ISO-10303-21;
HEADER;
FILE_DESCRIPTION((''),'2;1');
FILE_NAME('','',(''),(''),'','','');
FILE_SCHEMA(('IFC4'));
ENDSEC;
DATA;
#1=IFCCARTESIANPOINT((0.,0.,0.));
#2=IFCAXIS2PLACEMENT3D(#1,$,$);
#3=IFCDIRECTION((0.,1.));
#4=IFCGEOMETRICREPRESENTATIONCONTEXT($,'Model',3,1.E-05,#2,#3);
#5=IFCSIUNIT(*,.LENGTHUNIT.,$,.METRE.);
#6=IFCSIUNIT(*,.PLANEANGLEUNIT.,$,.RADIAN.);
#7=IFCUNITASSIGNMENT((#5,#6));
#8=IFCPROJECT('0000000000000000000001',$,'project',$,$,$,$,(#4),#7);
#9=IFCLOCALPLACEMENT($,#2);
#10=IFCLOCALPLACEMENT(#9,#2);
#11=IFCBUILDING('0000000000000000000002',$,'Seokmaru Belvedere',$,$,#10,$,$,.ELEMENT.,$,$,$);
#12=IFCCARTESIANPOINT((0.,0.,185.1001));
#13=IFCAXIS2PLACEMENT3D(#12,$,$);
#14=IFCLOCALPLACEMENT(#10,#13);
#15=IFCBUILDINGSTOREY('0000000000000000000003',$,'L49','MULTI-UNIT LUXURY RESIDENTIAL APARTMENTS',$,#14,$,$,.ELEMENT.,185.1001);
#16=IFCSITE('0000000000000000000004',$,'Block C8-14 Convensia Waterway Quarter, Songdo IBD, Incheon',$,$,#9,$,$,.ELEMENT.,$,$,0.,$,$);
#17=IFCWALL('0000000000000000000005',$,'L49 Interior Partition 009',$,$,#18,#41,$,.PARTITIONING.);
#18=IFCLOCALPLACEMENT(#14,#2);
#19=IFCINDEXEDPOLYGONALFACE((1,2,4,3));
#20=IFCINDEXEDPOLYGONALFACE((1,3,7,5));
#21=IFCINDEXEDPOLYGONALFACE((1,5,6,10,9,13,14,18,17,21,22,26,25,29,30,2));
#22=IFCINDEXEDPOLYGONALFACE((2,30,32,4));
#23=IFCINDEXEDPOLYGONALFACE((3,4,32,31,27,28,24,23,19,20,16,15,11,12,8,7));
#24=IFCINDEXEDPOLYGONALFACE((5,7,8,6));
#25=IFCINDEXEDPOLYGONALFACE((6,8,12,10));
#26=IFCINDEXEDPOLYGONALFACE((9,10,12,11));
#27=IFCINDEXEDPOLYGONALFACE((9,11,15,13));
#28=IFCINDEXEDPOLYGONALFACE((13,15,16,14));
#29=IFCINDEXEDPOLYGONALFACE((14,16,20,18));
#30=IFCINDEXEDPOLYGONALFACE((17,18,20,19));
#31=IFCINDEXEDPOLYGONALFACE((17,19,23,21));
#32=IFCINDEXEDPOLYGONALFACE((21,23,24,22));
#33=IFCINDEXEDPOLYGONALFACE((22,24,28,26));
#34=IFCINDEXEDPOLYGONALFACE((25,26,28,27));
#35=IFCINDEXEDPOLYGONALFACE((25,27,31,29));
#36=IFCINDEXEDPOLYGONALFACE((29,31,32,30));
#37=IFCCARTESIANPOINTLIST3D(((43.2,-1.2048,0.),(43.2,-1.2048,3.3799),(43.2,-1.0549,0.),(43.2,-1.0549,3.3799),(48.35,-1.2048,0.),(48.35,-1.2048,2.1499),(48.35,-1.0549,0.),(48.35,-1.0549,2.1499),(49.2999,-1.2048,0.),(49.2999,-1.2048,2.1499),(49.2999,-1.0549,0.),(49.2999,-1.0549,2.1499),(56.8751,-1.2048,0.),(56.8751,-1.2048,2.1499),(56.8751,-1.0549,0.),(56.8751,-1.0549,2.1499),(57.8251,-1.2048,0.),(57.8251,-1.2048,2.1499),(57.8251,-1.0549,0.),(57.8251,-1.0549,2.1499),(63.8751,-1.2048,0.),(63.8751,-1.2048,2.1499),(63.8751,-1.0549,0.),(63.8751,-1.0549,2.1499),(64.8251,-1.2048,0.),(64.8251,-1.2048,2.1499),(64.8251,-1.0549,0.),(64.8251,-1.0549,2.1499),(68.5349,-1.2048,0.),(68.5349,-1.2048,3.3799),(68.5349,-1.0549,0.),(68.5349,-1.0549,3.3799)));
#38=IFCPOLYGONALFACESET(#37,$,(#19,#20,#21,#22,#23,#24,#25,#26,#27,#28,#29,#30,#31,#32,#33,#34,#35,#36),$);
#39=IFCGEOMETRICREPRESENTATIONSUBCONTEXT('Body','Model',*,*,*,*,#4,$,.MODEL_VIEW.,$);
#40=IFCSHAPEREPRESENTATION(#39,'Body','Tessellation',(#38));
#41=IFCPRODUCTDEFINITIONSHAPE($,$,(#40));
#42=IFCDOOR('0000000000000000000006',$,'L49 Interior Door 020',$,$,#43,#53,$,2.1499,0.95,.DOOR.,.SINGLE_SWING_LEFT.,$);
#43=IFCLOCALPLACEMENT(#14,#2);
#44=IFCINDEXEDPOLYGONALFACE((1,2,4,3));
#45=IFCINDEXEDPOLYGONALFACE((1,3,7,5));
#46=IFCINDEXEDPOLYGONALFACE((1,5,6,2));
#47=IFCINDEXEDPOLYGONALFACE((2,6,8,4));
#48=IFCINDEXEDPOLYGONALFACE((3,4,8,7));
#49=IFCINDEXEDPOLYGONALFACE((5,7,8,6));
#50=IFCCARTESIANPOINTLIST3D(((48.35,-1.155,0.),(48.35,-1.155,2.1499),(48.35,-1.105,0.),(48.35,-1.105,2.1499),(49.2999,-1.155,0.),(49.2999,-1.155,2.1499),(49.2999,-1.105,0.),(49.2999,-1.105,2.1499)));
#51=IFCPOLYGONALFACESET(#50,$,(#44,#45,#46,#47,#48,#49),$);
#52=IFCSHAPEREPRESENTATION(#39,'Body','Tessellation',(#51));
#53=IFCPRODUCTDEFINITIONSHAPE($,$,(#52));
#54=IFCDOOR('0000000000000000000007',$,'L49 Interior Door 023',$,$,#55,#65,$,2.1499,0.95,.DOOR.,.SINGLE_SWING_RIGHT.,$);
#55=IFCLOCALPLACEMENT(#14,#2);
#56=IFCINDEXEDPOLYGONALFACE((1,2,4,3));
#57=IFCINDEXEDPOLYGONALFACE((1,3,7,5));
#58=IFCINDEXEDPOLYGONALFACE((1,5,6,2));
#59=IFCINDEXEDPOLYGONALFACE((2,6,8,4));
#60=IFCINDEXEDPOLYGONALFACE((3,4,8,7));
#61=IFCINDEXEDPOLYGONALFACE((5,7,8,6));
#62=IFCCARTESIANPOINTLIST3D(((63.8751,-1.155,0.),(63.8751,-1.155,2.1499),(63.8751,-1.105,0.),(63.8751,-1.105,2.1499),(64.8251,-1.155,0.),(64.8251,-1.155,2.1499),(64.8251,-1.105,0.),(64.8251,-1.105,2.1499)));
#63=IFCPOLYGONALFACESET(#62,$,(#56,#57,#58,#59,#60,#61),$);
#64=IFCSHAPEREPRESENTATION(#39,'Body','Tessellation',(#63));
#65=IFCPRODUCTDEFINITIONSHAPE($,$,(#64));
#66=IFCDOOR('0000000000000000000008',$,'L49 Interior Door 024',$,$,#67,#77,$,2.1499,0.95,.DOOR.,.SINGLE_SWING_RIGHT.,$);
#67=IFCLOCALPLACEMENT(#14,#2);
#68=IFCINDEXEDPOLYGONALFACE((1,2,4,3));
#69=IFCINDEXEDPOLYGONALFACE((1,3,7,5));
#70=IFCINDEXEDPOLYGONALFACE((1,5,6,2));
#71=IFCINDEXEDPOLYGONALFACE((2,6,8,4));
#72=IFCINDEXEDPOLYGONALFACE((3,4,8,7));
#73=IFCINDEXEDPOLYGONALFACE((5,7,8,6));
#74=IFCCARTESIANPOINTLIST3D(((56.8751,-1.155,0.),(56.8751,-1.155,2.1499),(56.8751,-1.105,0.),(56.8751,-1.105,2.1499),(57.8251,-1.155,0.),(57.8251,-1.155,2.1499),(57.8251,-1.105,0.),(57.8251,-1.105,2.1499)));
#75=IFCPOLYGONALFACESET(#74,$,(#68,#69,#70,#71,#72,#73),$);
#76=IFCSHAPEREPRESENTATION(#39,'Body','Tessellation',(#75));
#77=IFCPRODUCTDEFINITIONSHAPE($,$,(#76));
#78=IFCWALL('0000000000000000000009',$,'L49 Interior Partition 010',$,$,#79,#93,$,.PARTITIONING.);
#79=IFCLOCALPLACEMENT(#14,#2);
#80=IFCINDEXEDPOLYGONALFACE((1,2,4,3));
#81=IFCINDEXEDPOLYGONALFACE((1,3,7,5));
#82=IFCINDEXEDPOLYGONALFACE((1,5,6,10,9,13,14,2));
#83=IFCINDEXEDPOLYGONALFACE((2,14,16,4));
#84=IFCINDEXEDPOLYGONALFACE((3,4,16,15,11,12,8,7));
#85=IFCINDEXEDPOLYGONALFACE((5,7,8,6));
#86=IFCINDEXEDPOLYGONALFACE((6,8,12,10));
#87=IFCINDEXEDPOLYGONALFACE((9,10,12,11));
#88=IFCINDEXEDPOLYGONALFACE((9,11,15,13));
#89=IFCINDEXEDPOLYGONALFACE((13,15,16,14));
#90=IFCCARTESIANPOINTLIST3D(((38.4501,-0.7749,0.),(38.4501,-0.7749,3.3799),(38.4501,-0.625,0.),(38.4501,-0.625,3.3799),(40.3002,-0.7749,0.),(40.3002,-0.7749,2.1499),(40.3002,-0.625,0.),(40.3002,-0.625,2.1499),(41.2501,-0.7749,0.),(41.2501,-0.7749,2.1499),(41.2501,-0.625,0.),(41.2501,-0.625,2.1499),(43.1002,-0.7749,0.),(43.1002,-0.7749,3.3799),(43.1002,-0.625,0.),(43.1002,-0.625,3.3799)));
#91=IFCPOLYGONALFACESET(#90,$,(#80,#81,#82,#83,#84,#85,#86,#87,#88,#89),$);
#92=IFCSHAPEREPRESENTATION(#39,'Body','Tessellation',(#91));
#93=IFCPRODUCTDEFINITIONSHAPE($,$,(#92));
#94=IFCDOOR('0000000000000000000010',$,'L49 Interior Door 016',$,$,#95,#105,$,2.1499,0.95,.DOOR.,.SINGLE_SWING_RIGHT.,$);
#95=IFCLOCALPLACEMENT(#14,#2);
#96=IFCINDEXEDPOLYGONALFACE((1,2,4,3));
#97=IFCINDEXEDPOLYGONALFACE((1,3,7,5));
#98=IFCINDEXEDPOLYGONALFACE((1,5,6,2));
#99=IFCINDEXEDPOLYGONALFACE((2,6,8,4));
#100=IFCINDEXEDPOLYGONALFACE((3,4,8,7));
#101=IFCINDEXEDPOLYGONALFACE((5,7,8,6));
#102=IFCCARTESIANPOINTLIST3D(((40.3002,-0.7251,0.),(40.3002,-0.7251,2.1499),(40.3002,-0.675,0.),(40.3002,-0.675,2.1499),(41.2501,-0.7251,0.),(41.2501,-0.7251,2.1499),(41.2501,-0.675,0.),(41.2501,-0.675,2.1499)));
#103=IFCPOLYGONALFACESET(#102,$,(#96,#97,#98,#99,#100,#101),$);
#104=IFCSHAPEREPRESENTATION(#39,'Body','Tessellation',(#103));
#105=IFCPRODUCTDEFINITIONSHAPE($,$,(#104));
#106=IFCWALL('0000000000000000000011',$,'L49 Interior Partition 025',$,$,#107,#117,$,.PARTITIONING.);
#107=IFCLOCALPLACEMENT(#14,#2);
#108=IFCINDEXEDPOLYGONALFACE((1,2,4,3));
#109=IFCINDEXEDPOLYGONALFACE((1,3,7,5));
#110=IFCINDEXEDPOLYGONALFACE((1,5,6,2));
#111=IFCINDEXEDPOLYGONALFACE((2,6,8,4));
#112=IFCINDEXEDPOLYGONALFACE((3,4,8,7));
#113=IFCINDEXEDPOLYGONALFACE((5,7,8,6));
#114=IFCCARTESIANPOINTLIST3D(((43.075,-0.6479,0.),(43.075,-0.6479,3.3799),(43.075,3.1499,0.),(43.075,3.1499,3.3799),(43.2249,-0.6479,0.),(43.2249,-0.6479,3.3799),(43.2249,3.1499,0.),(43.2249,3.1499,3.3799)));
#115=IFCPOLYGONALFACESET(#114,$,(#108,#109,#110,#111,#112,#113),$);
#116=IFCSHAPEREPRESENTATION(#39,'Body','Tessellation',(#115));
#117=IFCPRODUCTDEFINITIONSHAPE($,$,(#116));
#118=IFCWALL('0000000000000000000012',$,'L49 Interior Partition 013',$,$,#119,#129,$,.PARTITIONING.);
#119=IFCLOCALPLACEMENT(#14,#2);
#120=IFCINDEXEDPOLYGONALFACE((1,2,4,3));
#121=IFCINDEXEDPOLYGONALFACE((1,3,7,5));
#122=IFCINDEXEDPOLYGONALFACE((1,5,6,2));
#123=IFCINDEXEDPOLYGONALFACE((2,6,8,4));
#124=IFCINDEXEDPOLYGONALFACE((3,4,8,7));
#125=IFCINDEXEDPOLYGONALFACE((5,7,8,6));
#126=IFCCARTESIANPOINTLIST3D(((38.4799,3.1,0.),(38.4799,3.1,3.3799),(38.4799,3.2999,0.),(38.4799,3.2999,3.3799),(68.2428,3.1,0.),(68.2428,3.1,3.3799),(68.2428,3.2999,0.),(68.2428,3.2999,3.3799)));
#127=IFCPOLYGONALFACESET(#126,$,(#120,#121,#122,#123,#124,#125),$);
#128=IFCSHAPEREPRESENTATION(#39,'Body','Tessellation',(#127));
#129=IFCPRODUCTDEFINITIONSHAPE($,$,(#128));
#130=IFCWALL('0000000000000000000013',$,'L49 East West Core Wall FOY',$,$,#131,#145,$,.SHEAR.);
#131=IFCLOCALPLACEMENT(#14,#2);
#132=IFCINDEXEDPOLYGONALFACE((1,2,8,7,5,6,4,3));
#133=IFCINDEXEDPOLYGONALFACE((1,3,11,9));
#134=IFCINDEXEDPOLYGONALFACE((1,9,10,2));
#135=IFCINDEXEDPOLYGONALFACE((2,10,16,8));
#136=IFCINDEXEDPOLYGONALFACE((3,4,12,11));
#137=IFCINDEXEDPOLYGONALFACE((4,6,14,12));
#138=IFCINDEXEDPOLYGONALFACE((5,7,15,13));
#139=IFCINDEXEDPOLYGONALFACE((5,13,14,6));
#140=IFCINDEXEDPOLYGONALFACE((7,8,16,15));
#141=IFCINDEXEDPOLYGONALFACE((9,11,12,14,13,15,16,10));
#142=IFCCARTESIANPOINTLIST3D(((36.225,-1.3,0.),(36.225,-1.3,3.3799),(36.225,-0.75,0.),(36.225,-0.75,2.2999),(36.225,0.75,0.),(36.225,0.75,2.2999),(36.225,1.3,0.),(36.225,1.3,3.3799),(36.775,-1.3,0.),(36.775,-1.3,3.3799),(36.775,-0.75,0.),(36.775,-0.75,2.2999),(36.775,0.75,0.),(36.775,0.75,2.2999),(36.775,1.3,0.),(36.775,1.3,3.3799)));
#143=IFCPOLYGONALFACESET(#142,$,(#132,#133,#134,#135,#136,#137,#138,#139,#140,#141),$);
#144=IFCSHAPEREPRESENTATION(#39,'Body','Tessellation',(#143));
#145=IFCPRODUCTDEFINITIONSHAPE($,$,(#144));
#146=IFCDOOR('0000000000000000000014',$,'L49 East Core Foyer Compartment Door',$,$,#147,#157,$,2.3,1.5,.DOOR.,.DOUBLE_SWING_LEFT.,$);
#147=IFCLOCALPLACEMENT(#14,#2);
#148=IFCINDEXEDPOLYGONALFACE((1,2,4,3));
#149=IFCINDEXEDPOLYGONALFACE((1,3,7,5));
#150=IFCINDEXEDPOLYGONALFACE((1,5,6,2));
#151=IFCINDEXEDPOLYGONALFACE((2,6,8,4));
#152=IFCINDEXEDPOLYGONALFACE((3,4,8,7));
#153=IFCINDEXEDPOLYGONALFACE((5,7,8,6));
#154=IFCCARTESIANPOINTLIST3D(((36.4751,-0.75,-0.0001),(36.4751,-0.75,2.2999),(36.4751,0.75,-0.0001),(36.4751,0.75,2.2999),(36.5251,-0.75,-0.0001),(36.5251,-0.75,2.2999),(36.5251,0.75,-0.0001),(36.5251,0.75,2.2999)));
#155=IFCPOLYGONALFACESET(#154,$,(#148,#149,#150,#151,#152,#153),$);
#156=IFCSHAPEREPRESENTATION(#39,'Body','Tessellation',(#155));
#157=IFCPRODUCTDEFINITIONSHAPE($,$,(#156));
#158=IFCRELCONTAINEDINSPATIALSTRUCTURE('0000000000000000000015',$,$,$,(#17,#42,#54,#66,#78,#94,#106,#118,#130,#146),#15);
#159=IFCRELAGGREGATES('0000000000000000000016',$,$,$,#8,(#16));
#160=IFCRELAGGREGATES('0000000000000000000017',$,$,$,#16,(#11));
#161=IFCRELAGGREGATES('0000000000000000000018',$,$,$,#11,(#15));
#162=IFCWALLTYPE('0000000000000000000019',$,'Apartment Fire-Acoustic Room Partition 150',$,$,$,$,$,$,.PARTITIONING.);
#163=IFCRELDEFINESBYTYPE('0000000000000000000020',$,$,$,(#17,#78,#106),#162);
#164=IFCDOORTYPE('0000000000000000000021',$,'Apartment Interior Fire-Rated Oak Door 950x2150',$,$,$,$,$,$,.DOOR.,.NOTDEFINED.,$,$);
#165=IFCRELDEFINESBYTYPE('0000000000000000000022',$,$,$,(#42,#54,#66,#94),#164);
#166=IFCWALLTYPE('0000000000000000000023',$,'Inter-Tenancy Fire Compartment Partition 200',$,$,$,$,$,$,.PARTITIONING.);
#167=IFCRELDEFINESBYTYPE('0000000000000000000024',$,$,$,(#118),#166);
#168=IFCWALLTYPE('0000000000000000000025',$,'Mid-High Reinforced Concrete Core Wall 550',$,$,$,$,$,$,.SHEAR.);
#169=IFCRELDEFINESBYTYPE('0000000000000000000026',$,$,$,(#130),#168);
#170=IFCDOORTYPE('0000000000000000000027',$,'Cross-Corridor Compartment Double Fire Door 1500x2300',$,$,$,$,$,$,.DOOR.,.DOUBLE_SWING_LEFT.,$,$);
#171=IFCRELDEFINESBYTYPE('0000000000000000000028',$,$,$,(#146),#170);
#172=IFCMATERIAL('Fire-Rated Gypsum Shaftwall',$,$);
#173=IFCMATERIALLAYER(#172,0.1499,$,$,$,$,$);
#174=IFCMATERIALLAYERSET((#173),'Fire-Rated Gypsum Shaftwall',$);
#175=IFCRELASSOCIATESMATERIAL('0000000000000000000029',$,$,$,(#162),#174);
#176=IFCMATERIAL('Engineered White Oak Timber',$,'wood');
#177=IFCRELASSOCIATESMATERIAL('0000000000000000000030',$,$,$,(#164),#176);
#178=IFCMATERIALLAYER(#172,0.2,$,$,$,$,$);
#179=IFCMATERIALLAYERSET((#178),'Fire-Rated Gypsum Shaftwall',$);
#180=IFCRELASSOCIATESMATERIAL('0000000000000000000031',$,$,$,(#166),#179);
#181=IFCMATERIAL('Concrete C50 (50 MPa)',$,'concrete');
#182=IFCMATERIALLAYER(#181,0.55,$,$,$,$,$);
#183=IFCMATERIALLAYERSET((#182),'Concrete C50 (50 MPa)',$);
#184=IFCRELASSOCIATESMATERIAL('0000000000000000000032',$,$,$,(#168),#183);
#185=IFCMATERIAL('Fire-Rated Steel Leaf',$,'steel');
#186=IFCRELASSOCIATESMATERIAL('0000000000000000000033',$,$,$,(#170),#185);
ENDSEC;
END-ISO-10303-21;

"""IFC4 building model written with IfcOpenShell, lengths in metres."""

from ifc_helpers import new_model, si_unit, direction, frame, frame_2d, origin, place, context, subcontext, project, spatial, rectangle, extrude, source, transform, mapped, material, layer, layer_set, type_object, type_shapes, element, fill, save


model = new_model("IFC4")

# Units and contexts
model_context = context("Model", 3, precision=1e-05, world=origin(), true_north=direction((0.0, 1.0)))
body_context = subcontext(model_context, "Body", "Model", "MODEL_VIEW")
ifc_project = project(units=[si_unit("LENGTHUNIT", "METRE"), si_unit("PLANEANGLEUNIT", "RADIAN")], contexts=[model_context])

# Site, building, storey
site_placement = place(None, origin())
site = spatial("IfcSite", under=ifc_project, at=site_placement, Name="Block C8-14 Convensia Waterway Quarter, Songdo IBD, Incheon", CompositionType="ELEMENT", RefElevation=0.0)
building_placement = place(site_placement, origin())
building = spatial("IfcBuilding", under=site, at=building_placement, Name="Seokmaru Belvedere", CompositionType="ELEMENT")
storey_placement = place(building_placement, frame((0.0, 0.0, 185.1001)))
storey = spatial("IfcBuildingStorey", under=building, at=storey_placement, Name="L49", Description="MULTI-UNIT LUXURY RESIDENTIAL APARTMENTS", CompositionType="ELEMENT", Elevation=185.1001)

# Wall, openings, doors
ifc_material_1 = material(Name="Fire-Rated Gypsum Shaftwall")
ifc_layer_1 = layer(ifc_material_1, 0.1499)
ifc_layer_set_1 = layer_set([ifc_layer_1], Name="Fire-Rated Gypsum Shaftwall")
wall_type_1 = type_object("IfcWallType", Name="Apartment Fire-Acoustic Room Partition 150", PredefinedType="PARTITIONING", material=ifc_layer_set_1)
wall_1_placement = place(storey_placement, frame((43.2, -1.1299, 0.0), z_axis=(0.0, 0.0, 1.0), x_axis=(1.0, 0.0, 0.0)))
wall_1 = element("IfcWall", 1, at=wall_1_placement, inside=storey, type_object=wall_type_1, Name="L49 Interior Partition 009", PredefinedType="PARTITIONING", context=body_context, shape_type="SweptSolid", body=[
    extrude(rectangle(XDim=25.335, YDim=0.1499, at=frame_2d((12.6675, 0.0))), origin(), (0.0, 0.0, 1.0), 3.3799),
])
opening_1_placement = place(wall_1_placement, frame((5.1499, 0.0, 0.0)))
opening_1 = element("IfcOpeningElement", 2, at=opening_1_placement, cuts=wall_1, PredefinedType="OPENING", context=body_context, shape_type="SweptSolid", body=[
    extrude(rectangle(XDim=0.95, YDim=2.1499, at=frame_2d((0.4751, 1.075))), frame((0.0, 0.085, 0.0), z_axis=(0.0, -1.0, 0.0), x_axis=(1.0, 0.0, 0.0)), (0.0, 0.0, 1.0), 0.1699),
])
opening_2_placement = place(wall_1_placement, frame((20.675, 0.0, 0.0)))
opening_2 = element("IfcOpeningElement", 3, at=opening_2_placement, cuts=wall_1, PredefinedType="OPENING", context=body_context, shape_type="SweptSolid", body=[
    extrude(rectangle(XDim=0.95, YDim=2.1499, at=frame_2d((0.4751, 1.075))), frame((0.0, 0.085, 0.0), z_axis=(0.0, -1.0, 0.0), x_axis=(1.0, 0.0, 0.0)), (0.0, 0.0, 1.0), 0.1699),
])
opening_3_placement = place(wall_1_placement, frame((13.675, 0.0, 0.0)))
opening_3 = element("IfcOpeningElement", 4, at=opening_3_placement, cuts=wall_1, PredefinedType="OPENING", context=body_context, shape_type="SweptSolid", body=[
    extrude(rectangle(XDim=0.95, YDim=2.1499, at=frame_2d((0.4751, 1.075))), frame((0.0, 0.085, 0.0), z_axis=(0.0, -1.0, 0.0), x_axis=(1.0, 0.0, 0.0)), (0.0, 0.0, 1.0), 0.1699),
])
ifc_material_2 = material(Name="Engineered White Oak Timber", Category="wood")
door_type_1 = type_object("IfcDoorType", Name="Apartment Interior Fire-Rated Oak Door 950x2150", OperationType="NOTDEFINED", PredefinedType="DOOR", material=ifc_material_2)
shared_shape_1 = source(origin(), body_context, "Body", "SweptSolid", [
    extrude(rectangle(XDim=0.95, YDim=2.1499, at=frame_2d((0.4751, 1.075))), frame((0.0, 0.0249, 0.0), z_axis=(0.0, -1.0, 0.0), x_axis=(1.0, 0.0, 0.0)), (0.0, 0.0, 1.0), 0.05),
])
type_shapes(door_type_1, [shared_shape_1])
door_1_placement = place(opening_1_placement, origin())
door_1 = element("IfcDoor", 5, at=door_1_placement, inside=storey, type_object=door_type_1, Name="L49 Interior Door 020", OperationType="SINGLE_SWING_LEFT", OverallHeight=2.1499, OverallWidth=0.95, PredefinedType="DOOR", context=body_context, shape_type="MappedRepresentation", body=[
    mapped(shared_shape_1, transform((0.0, 0.0, 0.0), scale=1.0)),
])
fill(opening_1, door_1)
door_2_placement = place(opening_2_placement, origin())
door_2 = element("IfcDoor", 6, at=door_2_placement, inside=storey, type_object=door_type_1, Name="L49 Interior Door 023", OperationType="SINGLE_SWING_RIGHT", OverallHeight=2.1499, OverallWidth=0.95, PredefinedType="DOOR", context=body_context, shape_type="MappedRepresentation", body=[
    mapped(shared_shape_1, transform((0.0, 0.0, 0.0), scale=1.0)),
])
fill(opening_2, door_2)
door_3_placement = place(opening_3_placement, origin())
door_3 = element("IfcDoor", 7, at=door_3_placement, inside=storey, type_object=door_type_1, Name="L49 Interior Door 024", OperationType="SINGLE_SWING_RIGHT", OverallHeight=2.1499, OverallWidth=0.95, PredefinedType="DOOR", context=body_context, shape_type="MappedRepresentation", body=[
    mapped(shared_shape_1, transform((0.0, 0.0, 0.0), scale=1.0)),
])
fill(opening_3, door_3)

# Wall, opening, door
wall_2_placement = place(storey_placement, frame((38.45, -0.7, 0.0), z_axis=(0.0, 0.0, 1.0), x_axis=(1.0, 0.0, 0.0)))
wall_2 = element("IfcWall", 8, at=wall_2_placement, inside=storey, type_object=wall_type_1, Name="L49 Interior Partition 010", PredefinedType="PARTITIONING", context=body_context, shape_type="SweptSolid", body=[
    extrude(rectangle(XDim=4.6501, YDim=0.1499, at=frame_2d((2.3252, 0.0))), origin(), (0.0, 0.0, 1.0), 3.3799),
])
opening_4_placement = place(wall_2_placement, frame((1.8501, 0.0, 0.0)))
opening_4 = element("IfcOpeningElement", 9, at=opening_4_placement, cuts=wall_2, PredefinedType="OPENING", context=body_context, shape_type="SweptSolid", body=[
    extrude(rectangle(XDim=0.95, YDim=2.1499, at=frame_2d((0.4751, 1.075))), frame((0.0, 0.085, 0.0), z_axis=(0.0, -1.0, 0.0), x_axis=(1.0, 0.0, 0.0)), (0.0, 0.0, 1.0), 0.1699),
])
door_4_placement = place(opening_4_placement, origin())
door_4 = element("IfcDoor", 10, at=door_4_placement, inside=storey, type_object=door_type_1, Name="L49 Interior Door 016", OperationType="SINGLE_SWING_RIGHT", OverallHeight=2.1499, OverallWidth=0.95, PredefinedType="DOOR", context=body_context, shape_type="MappedRepresentation", body=[
    mapped(shared_shape_1, transform((0.0, 0.0, 0.0), scale=1.0)),
])
fill(opening_4, door_4)

# Walls
wall_3_placement = place(storey_placement, frame((43.1499, -0.6479, 0.0), z_axis=(0.0, 0.0, 1.0), x_axis=(0.0, 1.0, 0.0)))
element("IfcWall", 11, at=wall_3_placement, inside=storey, type_object=wall_type_1, Name="L49 Interior Partition 025", PredefinedType="PARTITIONING", context=body_context, shape_type="SweptSolid", body=[
    extrude(rectangle(XDim=3.7979, YDim=0.1499, at=frame_2d((1.8989, 0.0))), origin(), (0.0, 0.0, 1.0), 3.3799),
])
ifc_layer_2 = layer(ifc_material_1, 0.2)
ifc_layer_set_2 = layer_set([ifc_layer_2], Name="Fire-Rated Gypsum Shaftwall")
wall_type_2 = type_object("IfcWallType", Name="Inter-Tenancy Fire Compartment Partition 200", PredefinedType="PARTITIONING", material=ifc_layer_set_2)
wall_4_placement = place(storey_placement, frame((38.48, 3.2, 0.0), z_axis=(0.0, 0.0, 1.0), x_axis=(1.0, 0.0, 0.0)))
element("IfcWall", 12, at=wall_4_placement, inside=storey, type_object=wall_type_2, Name="L49 Interior Partition 013", PredefinedType="PARTITIONING", context=body_context, shape_type="SweptSolid", body=[
    extrude(rectangle(XDim=29.7629, YDim=0.2, at=frame_2d((14.8813, 0.0))), origin(), (0.0, 0.0, 1.0), 3.3799),
])

# Wall, opening, door
ifc_material_3 = material(Name="Concrete C50 (50 MPa)", Category="concrete")
ifc_layer_3 = layer(ifc_material_3, 0.55)
ifc_layer_set_3 = layer_set([ifc_layer_3], Name="Concrete C50 (50 MPa)")
wall_type_3 = type_object("IfcWallType", Name="Mid-High Reinforced Concrete Core Wall 550", PredefinedType="SHEAR", material=ifc_layer_set_3)
wall_5_placement = place(storey_placement, frame((36.5, -1.3, 0.0), z_axis=(0.0, 0.0, 1.0), x_axis=(0.0, 1.0, 0.0)))
wall_5 = element("IfcWall", 13, at=wall_5_placement, inside=storey, type_object=wall_type_3, Name="L49 East West Core Wall FOY", PredefinedType="SHEAR", context=body_context, shape_type="SweptSolid", body=[
    extrude(rectangle(XDim=2.6001, YDim=0.55, at=frame_2d((1.3, 0.0))), origin(), (0.0, 0.0, 1.0), 3.3799),
])
opening_5_placement = place(wall_5_placement, frame((0.55, 0.0, 0.0)))
opening_5 = element("IfcOpeningElement", 14, at=opening_5_placement, cuts=wall_5, PredefinedType="OPENING", context=body_context, shape_type="SweptSolid", body=[
    extrude(rectangle(XDim=1.5, YDim=2.3, at=frame_2d((0.75, 1.1499))), frame((0.0, 0.2852, 0.0), z_axis=(0.0, -1.0, 0.0), x_axis=(1.0, 0.0, 0.0)), (0.0, 0.0, 1.0), 0.5701),
])
ifc_material_4 = material(Name="Fire-Rated Steel Leaf", Category="steel")
door_type_2 = type_object("IfcDoorType", Name="Cross-Corridor Compartment Double Fire Door 1500x2300", OperationType="DOUBLE_SWING_LEFT", PredefinedType="DOOR", material=ifc_material_4)
shared_shape_2 = source(origin(), body_context, "Body", "SweptSolid", [
    extrude(rectangle(XDim=1.5, YDim=2.3, at=frame_2d((0.75, 1.1499))), frame((0.0, 0.0249, 0.0), z_axis=(0.0, -1.0, 0.0), x_axis=(1.0, 0.0, 0.0)), (0.0, 0.0, 1.0), 0.05),
])
type_shapes(door_type_2, [shared_shape_2])
door_5_placement = place(opening_5_placement, origin())
door_5 = element("IfcDoor", 15, at=door_5_placement, inside=storey, type_object=door_type_2, Name="L49 East Core Foyer Compartment Door", OperationType="DOUBLE_SWING_LEFT", OverallHeight=2.3, OverallWidth=1.5, PredefinedType="DOOR", context=body_context, shape_type="MappedRepresentation", body=[
    mapped(shared_shape_2, transform((0.0, 0.0, 0.0), scale=1.0)),
])
fill(opening_5, door_5)

save(model, "model.ifc")
